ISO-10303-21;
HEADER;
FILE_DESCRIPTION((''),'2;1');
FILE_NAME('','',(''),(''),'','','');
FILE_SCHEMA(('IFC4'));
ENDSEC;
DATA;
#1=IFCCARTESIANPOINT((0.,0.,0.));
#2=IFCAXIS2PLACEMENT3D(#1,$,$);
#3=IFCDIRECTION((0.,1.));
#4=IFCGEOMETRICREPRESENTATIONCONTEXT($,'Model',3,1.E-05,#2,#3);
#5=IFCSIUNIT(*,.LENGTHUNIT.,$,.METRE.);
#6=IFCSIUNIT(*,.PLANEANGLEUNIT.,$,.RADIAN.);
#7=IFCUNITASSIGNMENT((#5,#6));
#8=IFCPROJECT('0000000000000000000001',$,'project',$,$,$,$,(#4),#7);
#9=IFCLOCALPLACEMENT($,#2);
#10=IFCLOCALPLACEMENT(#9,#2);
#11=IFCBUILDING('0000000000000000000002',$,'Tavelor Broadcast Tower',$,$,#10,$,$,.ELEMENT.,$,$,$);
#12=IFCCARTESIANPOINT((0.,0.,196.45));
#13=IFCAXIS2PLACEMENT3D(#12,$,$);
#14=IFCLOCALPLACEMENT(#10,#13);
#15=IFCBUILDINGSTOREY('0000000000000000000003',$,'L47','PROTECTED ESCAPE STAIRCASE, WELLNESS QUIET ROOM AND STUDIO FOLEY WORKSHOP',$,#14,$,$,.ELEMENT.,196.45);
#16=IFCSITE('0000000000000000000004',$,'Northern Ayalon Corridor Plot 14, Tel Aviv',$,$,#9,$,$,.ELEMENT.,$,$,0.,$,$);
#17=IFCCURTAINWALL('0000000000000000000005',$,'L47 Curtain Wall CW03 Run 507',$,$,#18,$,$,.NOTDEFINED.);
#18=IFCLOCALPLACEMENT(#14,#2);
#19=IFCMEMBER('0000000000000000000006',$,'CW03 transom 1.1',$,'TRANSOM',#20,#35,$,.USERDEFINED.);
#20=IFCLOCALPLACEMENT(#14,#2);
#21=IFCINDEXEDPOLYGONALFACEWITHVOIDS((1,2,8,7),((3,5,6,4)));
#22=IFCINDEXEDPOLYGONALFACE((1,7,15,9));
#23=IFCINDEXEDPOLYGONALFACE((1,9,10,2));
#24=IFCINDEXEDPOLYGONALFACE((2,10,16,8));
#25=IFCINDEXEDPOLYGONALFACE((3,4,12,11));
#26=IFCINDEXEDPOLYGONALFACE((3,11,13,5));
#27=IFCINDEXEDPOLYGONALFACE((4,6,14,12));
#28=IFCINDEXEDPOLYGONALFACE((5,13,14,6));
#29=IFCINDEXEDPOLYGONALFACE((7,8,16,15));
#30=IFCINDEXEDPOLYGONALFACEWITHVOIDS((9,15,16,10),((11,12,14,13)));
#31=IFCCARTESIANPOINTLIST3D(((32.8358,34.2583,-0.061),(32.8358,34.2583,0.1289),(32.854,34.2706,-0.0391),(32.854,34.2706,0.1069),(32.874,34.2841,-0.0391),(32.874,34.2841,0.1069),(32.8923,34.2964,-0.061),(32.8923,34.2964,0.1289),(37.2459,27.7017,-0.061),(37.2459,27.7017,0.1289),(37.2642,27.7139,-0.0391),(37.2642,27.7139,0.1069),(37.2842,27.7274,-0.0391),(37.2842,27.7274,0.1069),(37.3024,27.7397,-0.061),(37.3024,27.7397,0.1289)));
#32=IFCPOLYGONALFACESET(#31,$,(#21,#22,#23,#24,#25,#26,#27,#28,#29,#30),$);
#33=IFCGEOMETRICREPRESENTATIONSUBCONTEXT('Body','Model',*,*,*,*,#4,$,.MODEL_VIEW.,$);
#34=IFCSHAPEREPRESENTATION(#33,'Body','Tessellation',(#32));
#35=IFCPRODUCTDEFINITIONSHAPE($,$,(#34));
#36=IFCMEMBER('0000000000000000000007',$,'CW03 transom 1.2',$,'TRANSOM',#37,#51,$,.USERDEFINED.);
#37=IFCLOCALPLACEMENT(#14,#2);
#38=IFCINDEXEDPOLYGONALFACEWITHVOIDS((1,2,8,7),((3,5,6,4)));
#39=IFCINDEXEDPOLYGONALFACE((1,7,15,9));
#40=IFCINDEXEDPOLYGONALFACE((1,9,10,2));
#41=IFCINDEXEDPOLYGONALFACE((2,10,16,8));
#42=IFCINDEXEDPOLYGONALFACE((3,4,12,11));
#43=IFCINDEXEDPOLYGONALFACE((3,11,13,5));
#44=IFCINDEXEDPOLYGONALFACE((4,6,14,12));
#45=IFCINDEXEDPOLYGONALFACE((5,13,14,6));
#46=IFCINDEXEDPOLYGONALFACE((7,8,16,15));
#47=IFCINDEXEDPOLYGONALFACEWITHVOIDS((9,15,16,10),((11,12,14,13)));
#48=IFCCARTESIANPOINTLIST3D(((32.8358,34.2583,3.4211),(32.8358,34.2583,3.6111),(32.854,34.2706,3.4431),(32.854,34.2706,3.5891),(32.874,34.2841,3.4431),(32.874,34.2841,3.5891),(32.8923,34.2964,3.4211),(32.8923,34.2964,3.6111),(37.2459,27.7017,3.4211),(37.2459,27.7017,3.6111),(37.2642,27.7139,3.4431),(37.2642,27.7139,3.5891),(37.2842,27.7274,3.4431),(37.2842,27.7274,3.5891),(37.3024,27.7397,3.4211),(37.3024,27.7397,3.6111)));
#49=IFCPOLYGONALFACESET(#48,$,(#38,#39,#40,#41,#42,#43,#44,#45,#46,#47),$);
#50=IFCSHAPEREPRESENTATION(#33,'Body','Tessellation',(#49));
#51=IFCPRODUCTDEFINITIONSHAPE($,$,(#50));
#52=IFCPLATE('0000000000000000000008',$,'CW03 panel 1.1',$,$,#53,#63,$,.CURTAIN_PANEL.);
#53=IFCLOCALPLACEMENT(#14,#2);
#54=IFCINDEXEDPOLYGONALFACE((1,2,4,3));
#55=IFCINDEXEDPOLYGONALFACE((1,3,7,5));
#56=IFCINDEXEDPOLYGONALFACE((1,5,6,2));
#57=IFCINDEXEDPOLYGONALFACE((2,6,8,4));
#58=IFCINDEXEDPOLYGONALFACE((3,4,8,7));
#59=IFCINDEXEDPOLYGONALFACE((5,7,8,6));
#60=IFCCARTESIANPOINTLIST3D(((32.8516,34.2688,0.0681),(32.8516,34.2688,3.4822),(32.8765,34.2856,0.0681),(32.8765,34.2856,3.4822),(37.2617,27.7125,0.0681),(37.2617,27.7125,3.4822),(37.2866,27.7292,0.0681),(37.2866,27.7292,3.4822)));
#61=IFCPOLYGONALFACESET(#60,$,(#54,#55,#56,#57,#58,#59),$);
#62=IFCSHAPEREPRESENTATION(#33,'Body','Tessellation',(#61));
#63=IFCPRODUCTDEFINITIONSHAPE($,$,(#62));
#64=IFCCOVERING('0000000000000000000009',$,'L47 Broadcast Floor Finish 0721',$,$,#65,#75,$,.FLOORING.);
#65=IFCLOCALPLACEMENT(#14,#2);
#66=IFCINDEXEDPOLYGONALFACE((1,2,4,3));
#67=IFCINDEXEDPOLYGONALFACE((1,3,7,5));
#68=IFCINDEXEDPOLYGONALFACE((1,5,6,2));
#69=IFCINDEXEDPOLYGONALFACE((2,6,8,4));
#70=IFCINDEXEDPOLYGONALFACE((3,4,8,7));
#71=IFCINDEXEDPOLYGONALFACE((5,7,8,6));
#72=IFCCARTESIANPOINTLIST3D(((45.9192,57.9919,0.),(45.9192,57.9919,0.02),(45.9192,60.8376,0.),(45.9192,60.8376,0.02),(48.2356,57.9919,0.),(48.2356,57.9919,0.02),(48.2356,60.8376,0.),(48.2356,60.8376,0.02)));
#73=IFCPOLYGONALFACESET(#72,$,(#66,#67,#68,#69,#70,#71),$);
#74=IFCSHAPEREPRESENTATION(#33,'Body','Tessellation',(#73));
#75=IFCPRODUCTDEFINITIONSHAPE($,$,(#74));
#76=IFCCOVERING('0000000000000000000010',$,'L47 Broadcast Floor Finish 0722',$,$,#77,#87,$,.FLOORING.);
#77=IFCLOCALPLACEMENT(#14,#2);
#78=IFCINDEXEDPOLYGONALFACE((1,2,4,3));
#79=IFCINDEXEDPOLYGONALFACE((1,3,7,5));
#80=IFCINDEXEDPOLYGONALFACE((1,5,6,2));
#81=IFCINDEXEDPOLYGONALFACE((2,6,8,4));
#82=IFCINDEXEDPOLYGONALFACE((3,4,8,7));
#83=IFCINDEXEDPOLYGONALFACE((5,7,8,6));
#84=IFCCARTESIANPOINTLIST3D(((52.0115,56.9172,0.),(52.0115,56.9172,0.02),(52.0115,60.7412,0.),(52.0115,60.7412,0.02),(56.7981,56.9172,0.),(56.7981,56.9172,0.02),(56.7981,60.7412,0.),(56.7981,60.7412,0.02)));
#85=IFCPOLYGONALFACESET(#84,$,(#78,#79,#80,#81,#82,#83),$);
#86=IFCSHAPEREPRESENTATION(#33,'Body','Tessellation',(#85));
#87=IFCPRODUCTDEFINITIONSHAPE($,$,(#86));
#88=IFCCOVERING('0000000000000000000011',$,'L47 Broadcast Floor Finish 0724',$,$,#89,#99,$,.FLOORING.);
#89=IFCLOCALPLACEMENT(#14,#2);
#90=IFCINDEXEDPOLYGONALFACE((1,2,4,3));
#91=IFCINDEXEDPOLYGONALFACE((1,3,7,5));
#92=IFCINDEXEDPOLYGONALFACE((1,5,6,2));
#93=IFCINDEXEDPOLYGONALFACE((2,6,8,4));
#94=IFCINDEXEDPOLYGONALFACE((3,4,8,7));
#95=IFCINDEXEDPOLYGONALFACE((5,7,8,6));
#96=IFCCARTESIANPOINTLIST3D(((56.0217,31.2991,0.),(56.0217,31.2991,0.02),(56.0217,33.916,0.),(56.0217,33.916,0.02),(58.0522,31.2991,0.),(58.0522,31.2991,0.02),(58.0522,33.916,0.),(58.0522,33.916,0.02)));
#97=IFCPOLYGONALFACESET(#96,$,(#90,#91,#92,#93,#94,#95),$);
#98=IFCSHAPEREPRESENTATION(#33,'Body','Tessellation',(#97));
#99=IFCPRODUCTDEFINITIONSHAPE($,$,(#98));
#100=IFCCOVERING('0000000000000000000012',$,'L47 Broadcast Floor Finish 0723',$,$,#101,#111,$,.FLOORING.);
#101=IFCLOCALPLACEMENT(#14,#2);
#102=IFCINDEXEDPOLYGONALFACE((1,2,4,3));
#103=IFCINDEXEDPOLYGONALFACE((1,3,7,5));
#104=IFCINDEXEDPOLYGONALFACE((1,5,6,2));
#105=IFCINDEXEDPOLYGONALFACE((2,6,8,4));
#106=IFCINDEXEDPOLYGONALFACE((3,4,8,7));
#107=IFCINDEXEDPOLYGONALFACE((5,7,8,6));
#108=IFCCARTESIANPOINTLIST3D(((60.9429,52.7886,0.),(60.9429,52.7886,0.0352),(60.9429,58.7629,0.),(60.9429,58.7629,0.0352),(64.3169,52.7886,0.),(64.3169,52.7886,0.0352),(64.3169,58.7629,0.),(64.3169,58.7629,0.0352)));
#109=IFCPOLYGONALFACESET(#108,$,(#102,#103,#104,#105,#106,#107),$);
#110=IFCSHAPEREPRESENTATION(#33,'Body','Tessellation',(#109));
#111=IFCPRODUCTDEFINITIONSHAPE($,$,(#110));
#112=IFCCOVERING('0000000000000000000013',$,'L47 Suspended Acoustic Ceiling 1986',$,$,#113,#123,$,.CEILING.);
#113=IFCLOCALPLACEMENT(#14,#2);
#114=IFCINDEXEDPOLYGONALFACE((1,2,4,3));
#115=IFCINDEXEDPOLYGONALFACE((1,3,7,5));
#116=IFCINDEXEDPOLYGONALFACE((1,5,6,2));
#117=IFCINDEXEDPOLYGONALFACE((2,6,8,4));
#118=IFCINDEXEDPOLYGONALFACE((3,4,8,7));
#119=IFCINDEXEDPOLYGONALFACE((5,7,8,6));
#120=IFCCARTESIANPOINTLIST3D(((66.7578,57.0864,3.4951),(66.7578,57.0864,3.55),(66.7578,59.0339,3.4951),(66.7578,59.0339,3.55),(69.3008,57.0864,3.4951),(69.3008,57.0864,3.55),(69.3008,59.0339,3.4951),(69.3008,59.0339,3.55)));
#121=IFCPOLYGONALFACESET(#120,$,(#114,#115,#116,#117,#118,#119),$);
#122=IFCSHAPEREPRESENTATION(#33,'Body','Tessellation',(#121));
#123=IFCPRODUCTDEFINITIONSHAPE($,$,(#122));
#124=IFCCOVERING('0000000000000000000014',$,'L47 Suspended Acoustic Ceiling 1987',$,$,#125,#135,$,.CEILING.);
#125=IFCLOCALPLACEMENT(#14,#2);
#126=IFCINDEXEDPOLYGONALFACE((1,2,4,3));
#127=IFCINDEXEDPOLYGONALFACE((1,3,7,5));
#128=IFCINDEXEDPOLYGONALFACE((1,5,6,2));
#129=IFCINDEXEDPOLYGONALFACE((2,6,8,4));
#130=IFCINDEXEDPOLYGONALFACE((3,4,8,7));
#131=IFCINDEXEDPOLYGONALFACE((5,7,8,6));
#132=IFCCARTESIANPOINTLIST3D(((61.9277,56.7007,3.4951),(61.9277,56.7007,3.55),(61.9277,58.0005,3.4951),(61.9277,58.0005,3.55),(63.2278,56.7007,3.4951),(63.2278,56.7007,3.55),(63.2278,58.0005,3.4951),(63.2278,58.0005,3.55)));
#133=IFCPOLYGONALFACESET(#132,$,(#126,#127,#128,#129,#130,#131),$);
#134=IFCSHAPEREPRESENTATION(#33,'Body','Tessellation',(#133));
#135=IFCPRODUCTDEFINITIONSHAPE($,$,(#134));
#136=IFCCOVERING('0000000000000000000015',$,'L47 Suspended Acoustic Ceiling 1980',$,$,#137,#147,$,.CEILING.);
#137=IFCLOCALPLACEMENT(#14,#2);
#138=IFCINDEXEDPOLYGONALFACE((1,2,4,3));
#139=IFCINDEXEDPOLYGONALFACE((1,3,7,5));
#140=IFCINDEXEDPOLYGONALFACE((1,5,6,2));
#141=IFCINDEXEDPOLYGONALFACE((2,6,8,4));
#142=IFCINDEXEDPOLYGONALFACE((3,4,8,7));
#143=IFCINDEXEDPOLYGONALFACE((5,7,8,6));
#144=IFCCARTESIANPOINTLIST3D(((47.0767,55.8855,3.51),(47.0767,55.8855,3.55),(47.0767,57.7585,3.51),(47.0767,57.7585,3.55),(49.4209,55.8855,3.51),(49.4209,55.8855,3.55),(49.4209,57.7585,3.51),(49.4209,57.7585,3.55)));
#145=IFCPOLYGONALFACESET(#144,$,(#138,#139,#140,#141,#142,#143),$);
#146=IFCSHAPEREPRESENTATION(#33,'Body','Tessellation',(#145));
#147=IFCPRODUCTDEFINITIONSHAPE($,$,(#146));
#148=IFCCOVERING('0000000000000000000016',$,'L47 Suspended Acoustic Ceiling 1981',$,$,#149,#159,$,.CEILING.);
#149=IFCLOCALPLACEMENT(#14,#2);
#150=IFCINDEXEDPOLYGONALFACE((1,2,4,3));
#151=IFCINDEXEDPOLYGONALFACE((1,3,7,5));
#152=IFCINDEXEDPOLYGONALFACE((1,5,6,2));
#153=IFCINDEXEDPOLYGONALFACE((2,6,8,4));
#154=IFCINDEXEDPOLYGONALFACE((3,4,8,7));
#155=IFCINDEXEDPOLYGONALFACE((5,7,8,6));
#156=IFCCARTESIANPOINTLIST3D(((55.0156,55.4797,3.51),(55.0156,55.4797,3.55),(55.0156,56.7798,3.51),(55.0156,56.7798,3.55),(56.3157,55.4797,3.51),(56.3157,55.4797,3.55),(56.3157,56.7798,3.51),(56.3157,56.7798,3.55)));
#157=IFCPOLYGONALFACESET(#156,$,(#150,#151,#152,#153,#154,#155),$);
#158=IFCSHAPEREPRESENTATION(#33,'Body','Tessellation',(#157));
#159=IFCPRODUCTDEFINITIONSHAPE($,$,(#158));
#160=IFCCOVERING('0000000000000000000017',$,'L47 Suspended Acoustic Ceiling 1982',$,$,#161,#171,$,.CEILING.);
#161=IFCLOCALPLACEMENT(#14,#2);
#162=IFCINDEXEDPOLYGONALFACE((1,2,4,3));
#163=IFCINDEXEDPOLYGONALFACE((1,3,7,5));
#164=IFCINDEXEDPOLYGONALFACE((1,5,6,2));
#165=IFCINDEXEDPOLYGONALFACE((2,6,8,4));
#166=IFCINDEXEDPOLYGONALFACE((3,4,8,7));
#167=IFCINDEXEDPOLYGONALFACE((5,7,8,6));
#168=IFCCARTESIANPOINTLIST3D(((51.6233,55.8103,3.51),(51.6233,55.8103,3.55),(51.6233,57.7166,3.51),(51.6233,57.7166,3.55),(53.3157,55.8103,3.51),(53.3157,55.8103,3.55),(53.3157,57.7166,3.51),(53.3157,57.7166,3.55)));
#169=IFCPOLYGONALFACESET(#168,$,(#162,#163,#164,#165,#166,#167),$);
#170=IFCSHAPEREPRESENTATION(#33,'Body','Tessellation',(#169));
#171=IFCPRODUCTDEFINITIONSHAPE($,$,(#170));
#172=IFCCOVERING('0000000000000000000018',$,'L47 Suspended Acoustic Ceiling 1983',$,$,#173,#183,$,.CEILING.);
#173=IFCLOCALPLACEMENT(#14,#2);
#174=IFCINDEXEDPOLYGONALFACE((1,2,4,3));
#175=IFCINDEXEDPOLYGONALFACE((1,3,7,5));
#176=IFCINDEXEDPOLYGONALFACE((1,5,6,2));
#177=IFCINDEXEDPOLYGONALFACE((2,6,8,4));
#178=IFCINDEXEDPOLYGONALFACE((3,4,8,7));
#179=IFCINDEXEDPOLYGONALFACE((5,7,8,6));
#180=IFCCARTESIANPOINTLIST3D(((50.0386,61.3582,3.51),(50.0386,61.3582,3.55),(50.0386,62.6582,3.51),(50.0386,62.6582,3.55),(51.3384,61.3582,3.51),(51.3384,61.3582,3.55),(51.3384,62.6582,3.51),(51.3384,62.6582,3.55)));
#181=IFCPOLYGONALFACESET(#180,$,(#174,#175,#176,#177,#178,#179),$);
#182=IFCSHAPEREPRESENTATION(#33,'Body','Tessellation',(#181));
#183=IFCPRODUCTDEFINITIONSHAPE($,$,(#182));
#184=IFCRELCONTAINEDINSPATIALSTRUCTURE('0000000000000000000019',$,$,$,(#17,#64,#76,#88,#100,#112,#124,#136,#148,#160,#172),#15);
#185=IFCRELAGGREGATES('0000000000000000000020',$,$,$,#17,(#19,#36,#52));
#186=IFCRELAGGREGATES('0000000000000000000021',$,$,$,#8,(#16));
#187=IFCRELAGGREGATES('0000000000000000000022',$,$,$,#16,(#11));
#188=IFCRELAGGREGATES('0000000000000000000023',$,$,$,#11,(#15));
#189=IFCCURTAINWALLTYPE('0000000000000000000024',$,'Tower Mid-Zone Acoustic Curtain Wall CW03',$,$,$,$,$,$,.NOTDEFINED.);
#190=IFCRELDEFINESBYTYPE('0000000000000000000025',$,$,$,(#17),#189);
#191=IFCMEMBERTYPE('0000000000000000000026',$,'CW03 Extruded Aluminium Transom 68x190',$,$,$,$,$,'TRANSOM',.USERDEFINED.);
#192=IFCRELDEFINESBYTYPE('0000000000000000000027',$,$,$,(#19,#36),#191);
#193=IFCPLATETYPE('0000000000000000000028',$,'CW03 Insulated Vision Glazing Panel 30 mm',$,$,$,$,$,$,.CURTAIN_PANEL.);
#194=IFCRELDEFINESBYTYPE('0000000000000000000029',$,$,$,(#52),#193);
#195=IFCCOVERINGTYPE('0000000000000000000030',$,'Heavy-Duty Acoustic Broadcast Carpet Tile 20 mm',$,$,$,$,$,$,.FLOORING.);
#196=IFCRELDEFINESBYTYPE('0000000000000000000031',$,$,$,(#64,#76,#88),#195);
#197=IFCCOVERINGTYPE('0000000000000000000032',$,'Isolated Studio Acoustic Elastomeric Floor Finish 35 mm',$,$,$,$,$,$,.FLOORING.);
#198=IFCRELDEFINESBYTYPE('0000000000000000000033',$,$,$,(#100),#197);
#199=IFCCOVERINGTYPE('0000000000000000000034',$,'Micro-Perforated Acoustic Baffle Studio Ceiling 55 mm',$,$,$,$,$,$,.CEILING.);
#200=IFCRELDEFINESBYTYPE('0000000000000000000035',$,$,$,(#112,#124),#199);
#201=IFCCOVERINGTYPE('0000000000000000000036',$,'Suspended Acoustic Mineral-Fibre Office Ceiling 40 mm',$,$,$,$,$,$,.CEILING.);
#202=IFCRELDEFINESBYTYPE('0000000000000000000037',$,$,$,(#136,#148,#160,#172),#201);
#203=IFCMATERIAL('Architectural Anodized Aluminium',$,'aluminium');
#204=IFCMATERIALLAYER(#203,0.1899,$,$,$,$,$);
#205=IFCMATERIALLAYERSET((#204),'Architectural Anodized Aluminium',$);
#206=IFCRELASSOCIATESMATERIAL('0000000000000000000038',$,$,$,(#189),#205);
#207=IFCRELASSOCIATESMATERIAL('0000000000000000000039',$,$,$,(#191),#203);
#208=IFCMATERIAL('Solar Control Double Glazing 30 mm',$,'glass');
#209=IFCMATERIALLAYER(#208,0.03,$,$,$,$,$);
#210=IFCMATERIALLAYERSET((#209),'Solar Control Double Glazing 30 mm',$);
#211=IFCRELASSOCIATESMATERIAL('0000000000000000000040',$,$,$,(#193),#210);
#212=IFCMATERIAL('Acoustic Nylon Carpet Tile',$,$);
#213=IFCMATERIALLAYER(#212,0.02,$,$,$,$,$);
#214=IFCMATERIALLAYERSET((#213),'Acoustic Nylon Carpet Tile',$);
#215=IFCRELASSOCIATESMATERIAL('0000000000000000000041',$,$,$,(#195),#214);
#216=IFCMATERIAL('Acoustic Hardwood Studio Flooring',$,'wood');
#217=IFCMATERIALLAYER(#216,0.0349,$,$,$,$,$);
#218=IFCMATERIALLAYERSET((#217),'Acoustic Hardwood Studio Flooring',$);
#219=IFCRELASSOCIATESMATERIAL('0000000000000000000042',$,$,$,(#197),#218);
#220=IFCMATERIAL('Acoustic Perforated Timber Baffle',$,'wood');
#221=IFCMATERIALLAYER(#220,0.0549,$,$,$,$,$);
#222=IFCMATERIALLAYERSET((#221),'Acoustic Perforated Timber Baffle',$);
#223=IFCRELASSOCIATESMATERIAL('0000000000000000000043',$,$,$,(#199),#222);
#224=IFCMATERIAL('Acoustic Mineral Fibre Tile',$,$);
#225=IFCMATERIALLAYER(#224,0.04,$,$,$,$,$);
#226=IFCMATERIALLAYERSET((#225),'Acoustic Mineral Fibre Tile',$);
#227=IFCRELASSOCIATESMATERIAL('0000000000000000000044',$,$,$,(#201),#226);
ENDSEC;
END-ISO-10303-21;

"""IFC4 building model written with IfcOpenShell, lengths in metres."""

from ifc_helpers import new_model, si_unit, direction, frame, origin, origin_2d, place, context, subcontext, project, spatial, polyline, rectangle, hollow_rectangle, outline, extrude, source, transform, mapped, material, layer, layer_set, material_profile, profile_set, type_object, type_shapes, element, aggregate, save


model = new_model("IFC4")

# Units and contexts
model_context = context("Model", 3, precision=1e-05, world=origin(), true_north=direction((0.0, 1.0)))
body_context = subcontext(model_context, "Body", "Model", "MODEL_VIEW")
ifc_project = project(units=[si_unit("LENGTHUNIT", "METRE"), si_unit("PLANEANGLEUNIT", "RADIAN")], contexts=[model_context])

# Site, building, storey
site_placement = place(None, origin())
site = spatial("IfcSite", under=ifc_project, at=site_placement, Name="Northern Ayalon Corridor Plot 14, Tel Aviv", CompositionType="ELEMENT", RefElevation=0.0)
building_placement = place(site_placement, origin())
building = spatial("IfcBuilding", under=site, at=building_placement, Name="Tavelor Broadcast Tower", CompositionType="ELEMENT")
storey_placement = place(building_placement, frame((0.0, 0.0, 196.45)))
storey = spatial("IfcBuildingStorey", under=building, at=storey_placement, Name="L47", Description="PROTECTED ESCAPE STAIRCASE, WELLNESS QUIET ROOM AND STUDIO FOLEY WORKSHOP", CompositionType="ELEMENT", Elevation=196.45)

# Curtain wall, members, plate
ifc_material_1 = material(Name="Architectural Anodized Aluminium", Category="aluminium")
ifc_layer_1 = layer(ifc_material_1, 0.1899)
ifc_layer_set_1 = layer_set([ifc_layer_1], Name="Architectural Anodized Aluminium")
curtain_wall_type = type_object("IfcCurtainWallType", Name="Tower Mid-Zone Acoustic Curtain Wall CW03", PredefinedType="NOTDEFINED", material=ifc_layer_set_1)
curtain_wall_placement = place(storey_placement, origin())
curtain_wall = element("IfcCurtainWall", 1, at=curtain_wall_placement, inside=storey, type_object=curtain_wall_type, Name="L47 Curtain Wall CW03 Run 507", PredefinedType="NOTDEFINED")
ifc_material_profile = material_profile(ifc_material_1, hollow_rectangle(XDim=0.0681, YDim=0.1899, WallThickness=0.022, at=origin_2d()), Name="RHS 68x190x22")
ifc_profile_set = profile_set([ifc_material_profile], Name="Architectural Anodized Aluminium")
member_type = type_object("IfcMemberType", Name="CW03 Extruded Aluminium Transom 68x190", ElementType="TRANSOM", PredefinedType="USERDEFINED", material=ifc_profile_set)
shared_shape_1 = source(origin(), body_context, "Body", "SweptSolid", [
    extrude(hollow_rectangle(XDim=0.0681, YDim=0.1899, WallThickness=0.022, at=origin_2d()), origin(), (0.0, 0.0, 1.0), 7.9019),
])
type_shapes(member_type, [shared_shape_1])
member_1_placement = place(storey_placement, frame((32.864, 34.2773, 0.0339), z_axis=(0.558118, -0.829762, 0.0), x_axis=(0.829762, 0.558118, 0.0)))
member_1 = element("IfcMember", 2, at=member_1_placement, type_object=member_type, Name="CW03 transom 1.1", ObjectType="TRANSOM", PredefinedType="USERDEFINED", context=body_context, shape_type="MappedRepresentation", body=[
    mapped(shared_shape_1, transform((0.0, 0.0, 0.0), scale=1.0)),
])
member_2_placement = place(storey_placement, frame((32.864, 34.2773, 3.5161), z_axis=(0.558118, -0.829762, 0.0), x_axis=(0.829762, 0.558118, 0.0)))
member_2 = element("IfcMember", 3, at=member_2_placement, type_object=member_type, Name="CW03 transom 1.2", ObjectType="TRANSOM", PredefinedType="USERDEFINED", context=body_context, shape_type="MappedRepresentation", body=[
    mapped(shared_shape_1, transform((0.0, 0.0, 0.0), scale=1.0)),
])
ifc_material_2 = material(Name="Solar Control Double Glazing 30 mm", Category="glass")
ifc_layer_2 = layer(ifc_material_2, 0.03)
ifc_layer_set_2 = layer_set([ifc_layer_2], Name="Solar Control Double Glazing 30 mm")
plate_type = type_object("IfcPlateType", Name="CW03 Insulated Vision Glazing Panel 30 mm", PredefinedType="CURTAIN_PANEL", material=ifc_layer_set_2)
shared_shape_2 = source(origin(), body_context, "Body", "SweptSolid", [
    extrude(rectangle(XDim=7.9016, YDim=0.03, at=origin_2d()), origin(), (0.0, 0.0, 1.0), 3.4141),
])
type_shapes(plate_type, [shared_shape_2])
plate_placement = place(storey_placement, frame((35.0691, 30.999, 0.0681), z_axis=(0.0, 0.0, 1.0), x_axis=(0.558132, -0.829752, 0.0)))
plate = element("IfcPlate", 4, at=plate_placement, type_object=plate_type, Name="CW03 panel 1.1", PredefinedType="CURTAIN_PANEL", context=body_context, shape_type="MappedRepresentation", body=[
    mapped(shared_shape_2, transform((0.0, 0.0, 0.0), scale=1.0)),
])
aggregate(curtain_wall, [member_1, member_2, plate])

# Coverings
ifc_material_3 = material(Name="Acoustic Nylon Carpet Tile")
ifc_layer_3 = layer(ifc_material_3, 0.02)
ifc_layer_set_3 = layer_set([ifc_layer_3], Name="Acoustic Nylon Carpet Tile")
covering_type_1 = type_object("IfcCoveringType", Name="Heavy-Duty Acoustic Broadcast Carpet Tile 20 mm", PredefinedType="FLOORING", material=ifc_layer_set_3)
covering_1_placement = place(storey_placement, origin())
element("IfcCovering", 5, at=covering_1_placement, inside=storey, type_object=covering_type_1, Name="L47 Broadcast Floor Finish 0721", PredefinedType="FLOORING", context=body_context, shape_type="SweptSolid", body=[
    extrude(outline(polyline([(45.9192, 57.9919), (48.2356, 57.9919), (48.2356, 60.8376), (45.9192, 60.8376), (45.9192, 57.9919)])), origin(), (0.0, 0.0, 1.0), 0.02),
])
covering_2_placement = place(storey_placement, origin())
element("IfcCovering", 6, at=covering_2_placement, inside=storey, type_object=covering_type_1, Name="L47 Broadcast Floor Finish 0722", PredefinedType="FLOORING", context=body_context, shape_type="SweptSolid", body=[
    extrude(outline(polyline([(52.0115, 56.9172), (56.7981, 56.9172), (56.7981, 60.7412), (52.0115, 60.7412), (52.0115, 56.9172)])), origin(), (0.0, 0.0, 1.0), 0.02),
])
covering_3_placement = place(storey_placement, origin())
element("IfcCovering", 7, at=covering_3_placement, inside=storey, type_object=covering_type_1, Name="L47 Broadcast Floor Finish 0724", PredefinedType="FLOORING", context=body_context, shape_type="SweptSolid", body=[
    extrude(outline(polyline([(56.0217, 31.2991), (58.0522, 31.2991), (58.0522, 33.916), (56.0217, 33.916), (56.0217, 31.2991)])), origin(), (0.0, 0.0, 1.0), 0.02),
])
ifc_material_4 = material(Name="Acoustic Hardwood Studio Flooring", Category="wood")
ifc_layer_4 = layer(ifc_material_4, 0.0349)
ifc_layer_set_4 = layer_set([ifc_layer_4], Name="Acoustic Hardwood Studio Flooring")
covering_type_2 = type_object("IfcCoveringType", Name="Isolated Studio Acoustic Elastomeric Floor Finish 35 mm", PredefinedType="FLOORING", material=ifc_layer_set_4)
covering_4_placement = place(storey_placement, origin())
element("IfcCovering", 8, at=covering_4_placement, inside=storey, type_object=covering_type_2, Name="L47 Broadcast Floor Finish 0723", PredefinedType="FLOORING", context=body_context, shape_type="SweptSolid", body=[
    extrude(outline(polyline([(60.9429, 52.7886), (64.3169, 52.7886), (64.3169, 58.7629), (60.9429, 58.7629), (60.9429, 52.7886)])), origin(), (0.0, 0.0, 1.0), 0.0352),
])
ifc_material_5 = material(Name="Acoustic Perforated Timber Baffle", Category="wood")
ifc_layer_5 = layer(ifc_material_5, 0.0549)
ifc_layer_set_5 = layer_set([ifc_layer_5], Name="Acoustic Perforated Timber Baffle")
covering_type_3 = type_object("IfcCoveringType", Name="Micro-Perforated Acoustic Baffle Studio Ceiling 55 mm", PredefinedType="CEILING", material=ifc_layer_set_5)
covering_5_placement = place(storey_placement, frame((0.0, 0.0, 3.4951)))
element("IfcCovering", 9, at=covering_5_placement, inside=storey, type_object=covering_type_3, Name="L47 Suspended Acoustic Ceiling 1986", PredefinedType="CEILING", context=body_context, shape_type="SweptSolid", body=[
    extrude(outline(polyline([(66.7578, 57.0864), (69.3008, 57.0864), (69.3008, 59.0339), (66.7578, 59.0339), (66.7578, 57.0864)])), origin(), (0.0, 0.0, 1.0), 0.0549),
])
covering_6_placement = place(storey_placement, frame((0.0, 0.0, 3.4951)))
element("IfcCovering", 10, at=covering_6_placement, inside=storey, type_object=covering_type_3, Name="L47 Suspended Acoustic Ceiling 1987", PredefinedType="CEILING", context=body_context, shape_type="SweptSolid", body=[
    extrude(outline(polyline([(61.9277, 56.7007), (63.2278, 56.7007), (63.2278, 58.0005), (61.9277, 58.0005), (61.9277, 56.7007)])), origin(), (0.0, 0.0, 1.0), 0.0549),
])
ifc_material_6 = material(Name="Acoustic Mineral Fibre Tile")
ifc_layer_6 = layer(ifc_material_6, 0.04)
ifc_layer_set_6 = layer_set([ifc_layer_6], Name="Acoustic Mineral Fibre Tile")
covering_type_4 = type_object("IfcCoveringType", Name="Suspended Acoustic Mineral-Fibre Office Ceiling 40 mm", PredefinedType="CEILING", material=ifc_layer_set_6)
covering_7_placement = place(storey_placement, frame((0.0, 0.0, 3.51)))
element("IfcCovering", 11, at=covering_7_placement, inside=storey, type_object=covering_type_4, Name="L47 Suspended Acoustic Ceiling 1980", PredefinedType="CEILING", context=body_context, shape_type="SweptSolid", body=[
    extrude(outline(polyline([(47.0767, 55.8855), (49.4209, 55.8855), (49.4209, 57.7585), (47.0767, 57.7585), (47.0767, 55.8855)])), origin(), (0.0, 0.0, 1.0), 0.04),
])
covering_8_placement = place(storey_placement, frame((0.0, 0.0, 3.51)))
element("IfcCovering", 12, at=covering_8_placement, inside=storey, type_object=covering_type_4, Name="L47 Suspended Acoustic Ceiling 1981", PredefinedType="CEILING", context=body_context, shape_type="SweptSolid", body=[
    extrude(outline(polyline([(55.0156, 55.4797), (56.3157, 55.4797), (56.3157, 56.7798), (55.0156, 56.7798), (55.0156, 55.4797)])), origin(), (0.0, 0.0, 1.0), 0.04),
])
covering_9_placement = place(storey_placement, frame((0.0, 0.0, 3.51)))
element("IfcCovering", 13, at=covering_9_placement, inside=storey, type_object=covering_type_4, Name="L47 Suspended Acoustic Ceiling 1982", PredefinedType="CEILING", context=body_context, shape_type="SweptSolid", body=[
    extrude(outline(polyline([(51.6233, 55.8103), (53.3157, 55.8103), (53.3157, 57.7166), (51.6233, 57.7166), (51.6233, 55.8103)])), origin(), (0.0, 0.0, 1.0), 0.04),
])
covering_10_placement = place(storey_placement, frame((0.0, 0.0, 3.51)))
element("IfcCovering", 14, at=covering_10_placement, inside=storey, type_object=covering_type_4, Name="L47 Suspended Acoustic Ceiling 1983", PredefinedType="CEILING", context=body_context, shape_type="SweptSolid", body=[
    extrude(outline(polyline([(50.0386, 61.3582), (51.3384, 61.3582), (51.3384, 62.6582), (50.0386, 62.6582), (50.0386, 61.3582)])), origin(), (0.0, 0.0, 1.0), 0.04),
])

save(model, "model.ifc")
